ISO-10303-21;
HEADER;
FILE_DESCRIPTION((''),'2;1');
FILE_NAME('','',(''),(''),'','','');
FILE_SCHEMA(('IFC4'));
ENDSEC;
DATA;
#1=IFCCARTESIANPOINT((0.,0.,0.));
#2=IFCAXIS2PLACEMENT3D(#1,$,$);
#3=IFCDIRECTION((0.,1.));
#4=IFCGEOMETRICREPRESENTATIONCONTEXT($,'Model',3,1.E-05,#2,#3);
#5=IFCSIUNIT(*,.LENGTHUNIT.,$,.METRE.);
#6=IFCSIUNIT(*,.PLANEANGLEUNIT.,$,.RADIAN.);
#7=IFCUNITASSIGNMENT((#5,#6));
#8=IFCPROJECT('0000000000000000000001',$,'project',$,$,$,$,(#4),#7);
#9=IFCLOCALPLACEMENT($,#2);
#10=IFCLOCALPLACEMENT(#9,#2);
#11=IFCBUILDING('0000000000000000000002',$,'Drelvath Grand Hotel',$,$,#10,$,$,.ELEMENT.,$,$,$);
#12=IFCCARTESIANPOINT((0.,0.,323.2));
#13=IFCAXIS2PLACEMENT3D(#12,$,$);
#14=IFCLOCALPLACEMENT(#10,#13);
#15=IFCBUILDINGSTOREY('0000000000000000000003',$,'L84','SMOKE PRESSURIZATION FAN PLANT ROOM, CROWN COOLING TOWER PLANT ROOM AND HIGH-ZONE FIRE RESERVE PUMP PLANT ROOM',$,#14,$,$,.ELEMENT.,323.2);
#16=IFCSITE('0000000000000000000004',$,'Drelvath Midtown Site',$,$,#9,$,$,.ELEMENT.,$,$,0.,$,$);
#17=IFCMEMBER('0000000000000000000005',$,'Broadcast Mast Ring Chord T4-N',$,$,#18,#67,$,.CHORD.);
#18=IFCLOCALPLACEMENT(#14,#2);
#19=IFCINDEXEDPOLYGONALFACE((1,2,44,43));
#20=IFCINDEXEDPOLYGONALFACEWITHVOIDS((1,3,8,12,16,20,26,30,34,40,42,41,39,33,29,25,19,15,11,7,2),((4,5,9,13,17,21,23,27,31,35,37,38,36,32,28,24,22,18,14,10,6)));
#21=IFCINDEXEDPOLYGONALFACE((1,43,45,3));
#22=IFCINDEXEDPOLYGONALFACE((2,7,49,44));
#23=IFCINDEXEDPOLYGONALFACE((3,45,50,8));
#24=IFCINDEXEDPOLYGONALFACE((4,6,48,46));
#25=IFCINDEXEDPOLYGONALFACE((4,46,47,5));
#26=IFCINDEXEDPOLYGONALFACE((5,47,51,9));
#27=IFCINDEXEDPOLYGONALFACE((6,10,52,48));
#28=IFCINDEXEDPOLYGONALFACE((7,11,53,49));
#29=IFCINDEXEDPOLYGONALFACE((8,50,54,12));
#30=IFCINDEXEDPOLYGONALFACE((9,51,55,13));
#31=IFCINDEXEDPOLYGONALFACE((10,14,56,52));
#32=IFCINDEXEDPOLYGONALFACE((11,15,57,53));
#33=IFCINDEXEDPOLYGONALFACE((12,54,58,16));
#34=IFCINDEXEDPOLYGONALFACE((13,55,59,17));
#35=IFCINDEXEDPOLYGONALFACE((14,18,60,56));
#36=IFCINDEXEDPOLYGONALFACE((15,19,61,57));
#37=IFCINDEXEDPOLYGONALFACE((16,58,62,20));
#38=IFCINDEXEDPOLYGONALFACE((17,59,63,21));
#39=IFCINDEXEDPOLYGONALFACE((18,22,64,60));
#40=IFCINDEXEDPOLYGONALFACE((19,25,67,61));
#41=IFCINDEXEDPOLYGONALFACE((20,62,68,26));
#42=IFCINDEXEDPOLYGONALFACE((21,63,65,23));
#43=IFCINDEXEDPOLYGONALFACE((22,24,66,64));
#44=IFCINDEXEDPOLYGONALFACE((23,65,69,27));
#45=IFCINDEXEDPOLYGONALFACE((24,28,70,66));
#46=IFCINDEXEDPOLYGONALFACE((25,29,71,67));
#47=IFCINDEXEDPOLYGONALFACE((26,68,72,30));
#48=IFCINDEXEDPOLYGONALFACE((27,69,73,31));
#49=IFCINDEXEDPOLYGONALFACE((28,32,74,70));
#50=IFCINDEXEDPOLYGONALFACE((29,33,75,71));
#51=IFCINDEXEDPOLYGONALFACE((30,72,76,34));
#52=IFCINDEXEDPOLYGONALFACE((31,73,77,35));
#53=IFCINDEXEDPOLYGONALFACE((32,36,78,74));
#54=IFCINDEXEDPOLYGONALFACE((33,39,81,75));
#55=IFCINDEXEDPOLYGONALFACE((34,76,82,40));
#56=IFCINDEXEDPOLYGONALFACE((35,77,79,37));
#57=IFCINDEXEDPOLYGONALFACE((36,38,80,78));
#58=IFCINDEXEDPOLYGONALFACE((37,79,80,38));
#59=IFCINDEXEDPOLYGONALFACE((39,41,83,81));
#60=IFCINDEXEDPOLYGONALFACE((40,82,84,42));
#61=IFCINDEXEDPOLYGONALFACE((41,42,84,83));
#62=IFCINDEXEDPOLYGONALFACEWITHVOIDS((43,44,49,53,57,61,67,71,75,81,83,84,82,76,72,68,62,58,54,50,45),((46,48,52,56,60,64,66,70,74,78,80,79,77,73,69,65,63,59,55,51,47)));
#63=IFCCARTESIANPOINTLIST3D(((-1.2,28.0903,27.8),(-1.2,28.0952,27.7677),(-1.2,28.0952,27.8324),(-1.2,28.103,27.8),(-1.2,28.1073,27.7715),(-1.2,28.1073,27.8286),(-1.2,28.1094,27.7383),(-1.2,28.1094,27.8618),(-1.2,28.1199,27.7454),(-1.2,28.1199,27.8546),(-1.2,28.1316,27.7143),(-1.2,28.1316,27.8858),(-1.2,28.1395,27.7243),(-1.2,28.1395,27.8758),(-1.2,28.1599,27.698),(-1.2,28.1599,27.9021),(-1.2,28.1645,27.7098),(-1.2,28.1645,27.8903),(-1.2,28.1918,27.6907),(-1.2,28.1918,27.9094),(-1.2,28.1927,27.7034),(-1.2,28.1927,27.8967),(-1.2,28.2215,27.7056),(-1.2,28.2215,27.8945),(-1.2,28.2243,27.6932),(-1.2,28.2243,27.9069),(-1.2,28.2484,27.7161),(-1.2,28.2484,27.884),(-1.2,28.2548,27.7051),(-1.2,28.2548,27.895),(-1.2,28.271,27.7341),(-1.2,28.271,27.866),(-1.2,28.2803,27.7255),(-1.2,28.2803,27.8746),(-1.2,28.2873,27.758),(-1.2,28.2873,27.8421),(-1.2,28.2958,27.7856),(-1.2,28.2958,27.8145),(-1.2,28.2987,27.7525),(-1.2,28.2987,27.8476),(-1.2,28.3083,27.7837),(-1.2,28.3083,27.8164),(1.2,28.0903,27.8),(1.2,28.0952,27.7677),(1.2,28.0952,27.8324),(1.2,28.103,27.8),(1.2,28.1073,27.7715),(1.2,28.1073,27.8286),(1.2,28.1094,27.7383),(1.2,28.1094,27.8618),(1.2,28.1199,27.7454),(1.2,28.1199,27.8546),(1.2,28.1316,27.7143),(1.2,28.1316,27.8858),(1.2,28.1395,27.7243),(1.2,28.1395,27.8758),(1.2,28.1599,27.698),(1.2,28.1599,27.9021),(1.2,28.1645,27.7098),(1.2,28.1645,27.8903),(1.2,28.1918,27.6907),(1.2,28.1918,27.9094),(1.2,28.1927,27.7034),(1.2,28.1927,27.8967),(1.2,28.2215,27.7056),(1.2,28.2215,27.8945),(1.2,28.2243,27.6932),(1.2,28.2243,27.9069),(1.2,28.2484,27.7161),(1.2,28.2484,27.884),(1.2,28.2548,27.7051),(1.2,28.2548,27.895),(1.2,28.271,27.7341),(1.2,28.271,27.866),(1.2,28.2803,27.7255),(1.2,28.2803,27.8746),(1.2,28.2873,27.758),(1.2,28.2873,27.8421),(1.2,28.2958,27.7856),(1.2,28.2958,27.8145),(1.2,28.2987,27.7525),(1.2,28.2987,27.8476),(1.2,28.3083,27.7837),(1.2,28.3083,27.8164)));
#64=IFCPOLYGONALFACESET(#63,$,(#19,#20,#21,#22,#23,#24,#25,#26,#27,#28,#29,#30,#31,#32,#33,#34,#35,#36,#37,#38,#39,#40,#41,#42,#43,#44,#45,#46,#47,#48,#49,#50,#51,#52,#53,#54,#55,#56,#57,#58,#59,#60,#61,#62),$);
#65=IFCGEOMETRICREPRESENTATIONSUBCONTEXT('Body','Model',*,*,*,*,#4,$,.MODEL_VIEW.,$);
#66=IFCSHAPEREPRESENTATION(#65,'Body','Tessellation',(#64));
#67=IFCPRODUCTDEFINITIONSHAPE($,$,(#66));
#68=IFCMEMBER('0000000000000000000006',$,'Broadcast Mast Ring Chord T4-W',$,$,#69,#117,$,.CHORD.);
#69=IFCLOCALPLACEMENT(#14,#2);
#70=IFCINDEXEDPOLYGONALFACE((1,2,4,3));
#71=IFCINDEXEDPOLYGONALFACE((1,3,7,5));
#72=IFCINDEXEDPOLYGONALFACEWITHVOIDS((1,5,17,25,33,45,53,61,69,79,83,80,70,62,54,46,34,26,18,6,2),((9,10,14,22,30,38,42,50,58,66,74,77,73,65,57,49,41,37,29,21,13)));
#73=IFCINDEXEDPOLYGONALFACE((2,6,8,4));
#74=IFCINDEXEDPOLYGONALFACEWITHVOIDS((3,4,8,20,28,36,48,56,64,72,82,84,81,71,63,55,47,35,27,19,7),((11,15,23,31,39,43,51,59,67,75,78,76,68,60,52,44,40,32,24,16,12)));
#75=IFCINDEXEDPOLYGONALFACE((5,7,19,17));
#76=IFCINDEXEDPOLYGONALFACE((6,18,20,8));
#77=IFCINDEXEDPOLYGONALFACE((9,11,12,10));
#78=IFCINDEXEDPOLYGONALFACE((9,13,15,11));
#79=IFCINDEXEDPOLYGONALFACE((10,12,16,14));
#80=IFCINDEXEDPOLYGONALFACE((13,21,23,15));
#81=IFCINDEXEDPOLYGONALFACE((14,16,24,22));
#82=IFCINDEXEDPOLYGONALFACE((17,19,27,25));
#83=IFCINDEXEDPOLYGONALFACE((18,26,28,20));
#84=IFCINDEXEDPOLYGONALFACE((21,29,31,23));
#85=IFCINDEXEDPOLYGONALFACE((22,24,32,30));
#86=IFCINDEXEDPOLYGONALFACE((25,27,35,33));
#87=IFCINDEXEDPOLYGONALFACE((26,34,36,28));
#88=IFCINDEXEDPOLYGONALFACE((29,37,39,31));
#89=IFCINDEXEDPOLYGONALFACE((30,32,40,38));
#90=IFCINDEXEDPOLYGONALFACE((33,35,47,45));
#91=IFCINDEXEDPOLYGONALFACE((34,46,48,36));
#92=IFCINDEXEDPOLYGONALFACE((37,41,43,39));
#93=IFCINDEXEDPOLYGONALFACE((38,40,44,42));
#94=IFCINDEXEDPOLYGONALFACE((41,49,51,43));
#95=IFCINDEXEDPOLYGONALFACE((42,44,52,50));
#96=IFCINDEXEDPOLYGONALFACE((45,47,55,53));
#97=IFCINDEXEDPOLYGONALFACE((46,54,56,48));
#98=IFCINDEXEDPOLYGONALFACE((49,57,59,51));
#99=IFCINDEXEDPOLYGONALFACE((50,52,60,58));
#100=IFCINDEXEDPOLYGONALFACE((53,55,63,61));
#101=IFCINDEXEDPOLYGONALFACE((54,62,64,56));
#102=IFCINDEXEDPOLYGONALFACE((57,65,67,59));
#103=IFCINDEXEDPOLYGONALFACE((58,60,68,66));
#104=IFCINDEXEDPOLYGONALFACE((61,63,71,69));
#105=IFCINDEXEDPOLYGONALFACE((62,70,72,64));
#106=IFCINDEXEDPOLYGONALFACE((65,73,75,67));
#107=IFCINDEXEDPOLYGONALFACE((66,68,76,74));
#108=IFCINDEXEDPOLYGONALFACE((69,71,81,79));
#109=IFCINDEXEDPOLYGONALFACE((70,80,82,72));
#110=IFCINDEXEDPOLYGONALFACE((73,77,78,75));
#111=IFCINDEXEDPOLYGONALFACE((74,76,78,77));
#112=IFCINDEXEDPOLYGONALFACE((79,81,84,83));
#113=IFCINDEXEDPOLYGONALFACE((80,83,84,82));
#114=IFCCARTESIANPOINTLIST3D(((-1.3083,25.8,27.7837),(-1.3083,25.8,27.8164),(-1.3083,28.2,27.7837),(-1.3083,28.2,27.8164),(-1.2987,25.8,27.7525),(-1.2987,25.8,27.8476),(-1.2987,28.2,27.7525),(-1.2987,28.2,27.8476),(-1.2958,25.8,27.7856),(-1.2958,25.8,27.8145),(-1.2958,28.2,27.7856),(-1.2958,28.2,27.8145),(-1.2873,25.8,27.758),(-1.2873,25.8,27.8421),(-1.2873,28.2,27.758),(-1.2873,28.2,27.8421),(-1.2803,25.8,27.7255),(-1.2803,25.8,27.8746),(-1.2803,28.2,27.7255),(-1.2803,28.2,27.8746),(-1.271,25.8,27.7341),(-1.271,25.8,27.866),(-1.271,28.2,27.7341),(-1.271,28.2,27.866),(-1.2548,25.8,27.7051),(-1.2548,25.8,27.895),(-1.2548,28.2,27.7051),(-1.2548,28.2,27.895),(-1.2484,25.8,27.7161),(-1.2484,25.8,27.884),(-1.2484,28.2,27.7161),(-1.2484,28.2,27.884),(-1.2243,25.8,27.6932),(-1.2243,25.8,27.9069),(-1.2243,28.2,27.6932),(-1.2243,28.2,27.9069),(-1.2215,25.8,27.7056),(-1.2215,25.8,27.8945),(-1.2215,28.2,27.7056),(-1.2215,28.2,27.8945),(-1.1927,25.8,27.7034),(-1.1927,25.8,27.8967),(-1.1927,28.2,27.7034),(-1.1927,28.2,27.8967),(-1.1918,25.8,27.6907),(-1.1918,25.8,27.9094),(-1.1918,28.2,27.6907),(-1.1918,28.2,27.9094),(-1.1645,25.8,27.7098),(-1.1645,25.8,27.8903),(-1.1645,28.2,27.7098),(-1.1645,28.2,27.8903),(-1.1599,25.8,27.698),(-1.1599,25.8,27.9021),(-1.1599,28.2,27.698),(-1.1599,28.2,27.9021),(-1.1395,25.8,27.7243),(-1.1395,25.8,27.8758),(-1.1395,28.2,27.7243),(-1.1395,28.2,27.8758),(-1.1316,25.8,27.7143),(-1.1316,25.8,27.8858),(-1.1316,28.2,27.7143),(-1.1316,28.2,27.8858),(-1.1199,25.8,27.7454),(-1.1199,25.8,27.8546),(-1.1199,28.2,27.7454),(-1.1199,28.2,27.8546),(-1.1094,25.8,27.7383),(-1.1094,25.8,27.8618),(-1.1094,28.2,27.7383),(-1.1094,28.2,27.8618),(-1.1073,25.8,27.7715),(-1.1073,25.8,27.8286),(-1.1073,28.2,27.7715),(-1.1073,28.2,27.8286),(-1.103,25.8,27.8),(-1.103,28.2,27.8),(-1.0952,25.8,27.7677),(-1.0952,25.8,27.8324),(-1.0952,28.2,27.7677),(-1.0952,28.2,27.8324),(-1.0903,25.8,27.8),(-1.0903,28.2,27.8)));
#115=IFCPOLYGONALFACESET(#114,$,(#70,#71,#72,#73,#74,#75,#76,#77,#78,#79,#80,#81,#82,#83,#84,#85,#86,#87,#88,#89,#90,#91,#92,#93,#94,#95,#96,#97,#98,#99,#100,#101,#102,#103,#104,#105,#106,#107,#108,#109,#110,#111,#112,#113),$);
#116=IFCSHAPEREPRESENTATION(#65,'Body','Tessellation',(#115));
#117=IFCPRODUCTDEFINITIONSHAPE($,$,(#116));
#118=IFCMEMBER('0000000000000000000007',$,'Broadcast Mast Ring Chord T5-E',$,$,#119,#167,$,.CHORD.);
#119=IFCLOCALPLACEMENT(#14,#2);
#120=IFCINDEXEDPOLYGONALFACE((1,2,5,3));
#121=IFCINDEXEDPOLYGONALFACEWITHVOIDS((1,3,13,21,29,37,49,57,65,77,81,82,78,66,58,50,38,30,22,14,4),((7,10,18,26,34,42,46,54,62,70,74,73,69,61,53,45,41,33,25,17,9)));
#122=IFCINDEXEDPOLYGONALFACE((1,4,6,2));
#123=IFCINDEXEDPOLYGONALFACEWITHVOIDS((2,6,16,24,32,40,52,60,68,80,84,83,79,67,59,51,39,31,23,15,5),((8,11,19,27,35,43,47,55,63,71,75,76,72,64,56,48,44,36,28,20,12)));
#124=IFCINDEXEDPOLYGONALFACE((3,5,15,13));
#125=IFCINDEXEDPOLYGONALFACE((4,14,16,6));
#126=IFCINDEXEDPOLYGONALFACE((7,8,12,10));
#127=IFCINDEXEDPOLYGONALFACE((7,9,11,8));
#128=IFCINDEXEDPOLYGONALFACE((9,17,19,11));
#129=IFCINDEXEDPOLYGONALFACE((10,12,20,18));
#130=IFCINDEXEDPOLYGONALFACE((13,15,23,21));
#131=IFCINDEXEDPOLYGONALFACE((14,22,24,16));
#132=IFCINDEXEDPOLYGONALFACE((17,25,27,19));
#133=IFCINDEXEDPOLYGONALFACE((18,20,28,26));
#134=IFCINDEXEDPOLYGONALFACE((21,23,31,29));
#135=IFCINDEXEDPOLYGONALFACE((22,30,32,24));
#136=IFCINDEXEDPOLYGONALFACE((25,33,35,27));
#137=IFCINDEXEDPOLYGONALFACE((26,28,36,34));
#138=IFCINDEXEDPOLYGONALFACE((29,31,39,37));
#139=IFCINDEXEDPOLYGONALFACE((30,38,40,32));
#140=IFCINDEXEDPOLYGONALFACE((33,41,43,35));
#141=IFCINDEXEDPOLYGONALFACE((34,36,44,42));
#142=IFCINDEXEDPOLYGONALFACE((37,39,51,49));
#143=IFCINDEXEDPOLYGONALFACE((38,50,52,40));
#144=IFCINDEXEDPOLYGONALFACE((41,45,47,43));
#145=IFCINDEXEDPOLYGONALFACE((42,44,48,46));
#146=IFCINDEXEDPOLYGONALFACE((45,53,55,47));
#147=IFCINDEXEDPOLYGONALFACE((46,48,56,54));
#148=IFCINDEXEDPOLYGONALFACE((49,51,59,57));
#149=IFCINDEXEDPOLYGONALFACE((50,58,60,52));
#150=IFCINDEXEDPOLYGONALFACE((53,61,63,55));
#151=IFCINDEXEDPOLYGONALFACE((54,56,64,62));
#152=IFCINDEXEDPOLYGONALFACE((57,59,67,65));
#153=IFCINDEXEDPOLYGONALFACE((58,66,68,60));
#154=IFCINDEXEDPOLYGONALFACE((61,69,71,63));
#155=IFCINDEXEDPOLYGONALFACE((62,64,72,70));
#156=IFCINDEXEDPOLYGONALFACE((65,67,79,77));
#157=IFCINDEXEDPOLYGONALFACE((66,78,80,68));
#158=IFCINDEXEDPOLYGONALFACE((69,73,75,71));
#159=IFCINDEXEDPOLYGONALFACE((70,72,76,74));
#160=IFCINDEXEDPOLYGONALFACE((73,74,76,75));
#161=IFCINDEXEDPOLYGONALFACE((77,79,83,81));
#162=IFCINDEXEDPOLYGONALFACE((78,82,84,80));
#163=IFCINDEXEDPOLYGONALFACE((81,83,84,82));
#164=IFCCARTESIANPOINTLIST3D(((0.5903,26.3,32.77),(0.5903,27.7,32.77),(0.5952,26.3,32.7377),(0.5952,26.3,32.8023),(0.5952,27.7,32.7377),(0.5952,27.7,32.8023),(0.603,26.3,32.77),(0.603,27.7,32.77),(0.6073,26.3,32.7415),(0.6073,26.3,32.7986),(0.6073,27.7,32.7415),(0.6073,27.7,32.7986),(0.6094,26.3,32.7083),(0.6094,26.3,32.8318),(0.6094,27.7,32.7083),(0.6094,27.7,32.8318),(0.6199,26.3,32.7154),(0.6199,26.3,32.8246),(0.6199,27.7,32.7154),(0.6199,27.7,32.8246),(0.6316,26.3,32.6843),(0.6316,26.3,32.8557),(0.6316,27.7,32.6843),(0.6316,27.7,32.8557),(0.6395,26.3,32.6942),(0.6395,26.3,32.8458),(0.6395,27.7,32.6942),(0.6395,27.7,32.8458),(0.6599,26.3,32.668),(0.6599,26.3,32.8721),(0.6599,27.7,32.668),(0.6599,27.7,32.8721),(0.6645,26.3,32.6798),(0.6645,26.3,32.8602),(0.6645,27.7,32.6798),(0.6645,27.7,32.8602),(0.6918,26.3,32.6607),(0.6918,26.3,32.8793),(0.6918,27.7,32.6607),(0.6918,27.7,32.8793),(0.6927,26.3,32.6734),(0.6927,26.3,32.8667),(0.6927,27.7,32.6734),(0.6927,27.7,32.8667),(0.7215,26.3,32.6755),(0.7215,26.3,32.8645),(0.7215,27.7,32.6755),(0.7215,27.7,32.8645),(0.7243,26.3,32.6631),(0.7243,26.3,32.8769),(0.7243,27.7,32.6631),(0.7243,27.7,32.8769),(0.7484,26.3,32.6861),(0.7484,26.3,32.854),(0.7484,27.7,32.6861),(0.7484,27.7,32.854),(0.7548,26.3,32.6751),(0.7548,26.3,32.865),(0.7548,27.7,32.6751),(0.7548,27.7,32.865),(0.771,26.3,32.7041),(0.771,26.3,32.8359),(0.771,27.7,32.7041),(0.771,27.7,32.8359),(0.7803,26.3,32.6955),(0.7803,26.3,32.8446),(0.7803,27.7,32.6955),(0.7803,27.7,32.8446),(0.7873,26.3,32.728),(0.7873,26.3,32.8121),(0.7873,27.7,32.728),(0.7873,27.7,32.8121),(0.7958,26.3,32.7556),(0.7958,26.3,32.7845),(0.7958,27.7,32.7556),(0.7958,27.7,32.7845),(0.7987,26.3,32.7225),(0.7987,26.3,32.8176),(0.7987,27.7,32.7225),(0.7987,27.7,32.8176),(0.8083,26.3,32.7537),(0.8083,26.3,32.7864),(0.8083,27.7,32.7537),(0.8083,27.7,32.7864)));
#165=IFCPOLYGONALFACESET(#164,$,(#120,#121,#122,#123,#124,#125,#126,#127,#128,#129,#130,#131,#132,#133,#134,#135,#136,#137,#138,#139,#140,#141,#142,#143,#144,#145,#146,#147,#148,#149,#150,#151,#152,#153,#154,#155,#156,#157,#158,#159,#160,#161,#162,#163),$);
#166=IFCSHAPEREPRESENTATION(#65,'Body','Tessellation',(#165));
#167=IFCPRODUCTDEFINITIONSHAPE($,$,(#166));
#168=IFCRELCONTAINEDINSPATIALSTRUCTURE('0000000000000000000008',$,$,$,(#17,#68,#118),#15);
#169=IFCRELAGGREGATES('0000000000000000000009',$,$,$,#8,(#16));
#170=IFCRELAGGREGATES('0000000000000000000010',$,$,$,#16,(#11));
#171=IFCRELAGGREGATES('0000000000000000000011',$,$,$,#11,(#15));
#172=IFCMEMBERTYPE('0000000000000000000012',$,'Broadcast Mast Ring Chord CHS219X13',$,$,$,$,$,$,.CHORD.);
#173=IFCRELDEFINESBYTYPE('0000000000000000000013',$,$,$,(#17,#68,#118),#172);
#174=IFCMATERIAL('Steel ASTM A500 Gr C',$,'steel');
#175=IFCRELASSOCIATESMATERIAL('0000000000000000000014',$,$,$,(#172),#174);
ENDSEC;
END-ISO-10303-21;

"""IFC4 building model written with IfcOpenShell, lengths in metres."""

from ifc_helpers import new_model, si_unit, direction, frame, origin, origin_2d, place, context, subcontext, project, spatial, hollow_circle, extrude, material, material_profile, profile_set, type_object, element, save


model = new_model("IFC4")

# Units and contexts
model_context = context("Model", 3, precision=1e-05, world=origin(), true_north=direction((0.0, 1.0)))
body_context = subcontext(model_context, "Body", "Model", "MODEL_VIEW")
ifc_project = project(units=[si_unit("LENGTHUNIT", "METRE"), si_unit("PLANEANGLEUNIT", "RADIAN")], contexts=[model_context])

# Site, building, storey
site_placement = place(None, origin())
site = spatial("IfcSite", under=ifc_project, at=site_placement, Name="Drelvath Midtown Site", CompositionType="ELEMENT", RefElevation=0.0)
building_placement = place(site_placement, origin())
building = spatial("IfcBuilding", under=site, at=building_placement, Name="Drelvath Grand Hotel", CompositionType="ELEMENT")
storey_placement = place(building_placement, frame((0.0, 0.0, 323.2)))
storey = spatial("IfcBuildingStorey", under=building, at=storey_placement, Name="L84", Description="SMOKE PRESSURIZATION FAN PLANT ROOM, CROWN COOLING TOWER PLANT ROOM AND HIGH-ZONE FIRE RESERVE PUMP PLANT ROOM", CompositionType="ELEMENT", Elevation=323.2)

# Members
ifc_material_1 = material(Name="Steel ASTM A500 Gr C", Category="steel")
ifc_material_profile_1 = material_profile(ifc_material_1, hollow_circle(Radius=0.1096, WallThickness=0.0127, at=origin_2d()), Name="CHS219X13")
ifc_profile_set_1 = profile_set([ifc_material_profile_1], Name="Steel ASTM A500 Gr C")
member_type_1 = type_object("IfcMemberType", Name="Broadcast Mast Ring Chord CHS219X13", PredefinedType="CHORD", material=ifc_profile_set_1)
for number, where, z_axis, x_axis, name in (
    (1, (1.2, 28.2, 27.8), (-1.0, 0.0, 0.0), (0.0, -1.0, 0.0), "Broadcast Mast Ring Chord T4-N"),
    (2, (-1.2, 28.2, 27.8), (0.0, -1.0, 0.0), (1.0, 0.0, 0.0), "Broadcast Mast Ring Chord T4-W"),
):
    element("IfcMember", number, at=place(storey_placement, frame(where, z_axis=z_axis, x_axis=x_axis)), inside=storey, type_object=member_type_1, Name=name, PredefinedType="CHORD", context=body_context, shape_type="SweptSolid", body=[
        extrude(hollow_circle(Radius=0.1096, WallThickness=0.0127, at=origin_2d()), origin(), (0.0, 0.0, 1.0), 2.3999),
    ])
for number, where, z_axis, x_axis, name in (
    (3, (0.7, 26.3, 32.77), (0.0, 1.0, 0.0), (-1.0, 0.0, 0.0), "Broadcast Mast Ring Chord T5-E"),
):
    element("IfcMember", number, at=place(storey_placement, frame(where, z_axis=z_axis, x_axis=x_axis)), inside=storey, type_object=member_type_1, Name=name, PredefinedType="CHORD", context=body_context, shape_type="SweptSolid", body=[
        extrude(hollow_circle(Radius=0.1096, WallThickness=0.0127, at=origin_2d()), origin(), (0.0, 0.0, 1.0), 1.3999),
    ])

save(model, "model.ifc")
